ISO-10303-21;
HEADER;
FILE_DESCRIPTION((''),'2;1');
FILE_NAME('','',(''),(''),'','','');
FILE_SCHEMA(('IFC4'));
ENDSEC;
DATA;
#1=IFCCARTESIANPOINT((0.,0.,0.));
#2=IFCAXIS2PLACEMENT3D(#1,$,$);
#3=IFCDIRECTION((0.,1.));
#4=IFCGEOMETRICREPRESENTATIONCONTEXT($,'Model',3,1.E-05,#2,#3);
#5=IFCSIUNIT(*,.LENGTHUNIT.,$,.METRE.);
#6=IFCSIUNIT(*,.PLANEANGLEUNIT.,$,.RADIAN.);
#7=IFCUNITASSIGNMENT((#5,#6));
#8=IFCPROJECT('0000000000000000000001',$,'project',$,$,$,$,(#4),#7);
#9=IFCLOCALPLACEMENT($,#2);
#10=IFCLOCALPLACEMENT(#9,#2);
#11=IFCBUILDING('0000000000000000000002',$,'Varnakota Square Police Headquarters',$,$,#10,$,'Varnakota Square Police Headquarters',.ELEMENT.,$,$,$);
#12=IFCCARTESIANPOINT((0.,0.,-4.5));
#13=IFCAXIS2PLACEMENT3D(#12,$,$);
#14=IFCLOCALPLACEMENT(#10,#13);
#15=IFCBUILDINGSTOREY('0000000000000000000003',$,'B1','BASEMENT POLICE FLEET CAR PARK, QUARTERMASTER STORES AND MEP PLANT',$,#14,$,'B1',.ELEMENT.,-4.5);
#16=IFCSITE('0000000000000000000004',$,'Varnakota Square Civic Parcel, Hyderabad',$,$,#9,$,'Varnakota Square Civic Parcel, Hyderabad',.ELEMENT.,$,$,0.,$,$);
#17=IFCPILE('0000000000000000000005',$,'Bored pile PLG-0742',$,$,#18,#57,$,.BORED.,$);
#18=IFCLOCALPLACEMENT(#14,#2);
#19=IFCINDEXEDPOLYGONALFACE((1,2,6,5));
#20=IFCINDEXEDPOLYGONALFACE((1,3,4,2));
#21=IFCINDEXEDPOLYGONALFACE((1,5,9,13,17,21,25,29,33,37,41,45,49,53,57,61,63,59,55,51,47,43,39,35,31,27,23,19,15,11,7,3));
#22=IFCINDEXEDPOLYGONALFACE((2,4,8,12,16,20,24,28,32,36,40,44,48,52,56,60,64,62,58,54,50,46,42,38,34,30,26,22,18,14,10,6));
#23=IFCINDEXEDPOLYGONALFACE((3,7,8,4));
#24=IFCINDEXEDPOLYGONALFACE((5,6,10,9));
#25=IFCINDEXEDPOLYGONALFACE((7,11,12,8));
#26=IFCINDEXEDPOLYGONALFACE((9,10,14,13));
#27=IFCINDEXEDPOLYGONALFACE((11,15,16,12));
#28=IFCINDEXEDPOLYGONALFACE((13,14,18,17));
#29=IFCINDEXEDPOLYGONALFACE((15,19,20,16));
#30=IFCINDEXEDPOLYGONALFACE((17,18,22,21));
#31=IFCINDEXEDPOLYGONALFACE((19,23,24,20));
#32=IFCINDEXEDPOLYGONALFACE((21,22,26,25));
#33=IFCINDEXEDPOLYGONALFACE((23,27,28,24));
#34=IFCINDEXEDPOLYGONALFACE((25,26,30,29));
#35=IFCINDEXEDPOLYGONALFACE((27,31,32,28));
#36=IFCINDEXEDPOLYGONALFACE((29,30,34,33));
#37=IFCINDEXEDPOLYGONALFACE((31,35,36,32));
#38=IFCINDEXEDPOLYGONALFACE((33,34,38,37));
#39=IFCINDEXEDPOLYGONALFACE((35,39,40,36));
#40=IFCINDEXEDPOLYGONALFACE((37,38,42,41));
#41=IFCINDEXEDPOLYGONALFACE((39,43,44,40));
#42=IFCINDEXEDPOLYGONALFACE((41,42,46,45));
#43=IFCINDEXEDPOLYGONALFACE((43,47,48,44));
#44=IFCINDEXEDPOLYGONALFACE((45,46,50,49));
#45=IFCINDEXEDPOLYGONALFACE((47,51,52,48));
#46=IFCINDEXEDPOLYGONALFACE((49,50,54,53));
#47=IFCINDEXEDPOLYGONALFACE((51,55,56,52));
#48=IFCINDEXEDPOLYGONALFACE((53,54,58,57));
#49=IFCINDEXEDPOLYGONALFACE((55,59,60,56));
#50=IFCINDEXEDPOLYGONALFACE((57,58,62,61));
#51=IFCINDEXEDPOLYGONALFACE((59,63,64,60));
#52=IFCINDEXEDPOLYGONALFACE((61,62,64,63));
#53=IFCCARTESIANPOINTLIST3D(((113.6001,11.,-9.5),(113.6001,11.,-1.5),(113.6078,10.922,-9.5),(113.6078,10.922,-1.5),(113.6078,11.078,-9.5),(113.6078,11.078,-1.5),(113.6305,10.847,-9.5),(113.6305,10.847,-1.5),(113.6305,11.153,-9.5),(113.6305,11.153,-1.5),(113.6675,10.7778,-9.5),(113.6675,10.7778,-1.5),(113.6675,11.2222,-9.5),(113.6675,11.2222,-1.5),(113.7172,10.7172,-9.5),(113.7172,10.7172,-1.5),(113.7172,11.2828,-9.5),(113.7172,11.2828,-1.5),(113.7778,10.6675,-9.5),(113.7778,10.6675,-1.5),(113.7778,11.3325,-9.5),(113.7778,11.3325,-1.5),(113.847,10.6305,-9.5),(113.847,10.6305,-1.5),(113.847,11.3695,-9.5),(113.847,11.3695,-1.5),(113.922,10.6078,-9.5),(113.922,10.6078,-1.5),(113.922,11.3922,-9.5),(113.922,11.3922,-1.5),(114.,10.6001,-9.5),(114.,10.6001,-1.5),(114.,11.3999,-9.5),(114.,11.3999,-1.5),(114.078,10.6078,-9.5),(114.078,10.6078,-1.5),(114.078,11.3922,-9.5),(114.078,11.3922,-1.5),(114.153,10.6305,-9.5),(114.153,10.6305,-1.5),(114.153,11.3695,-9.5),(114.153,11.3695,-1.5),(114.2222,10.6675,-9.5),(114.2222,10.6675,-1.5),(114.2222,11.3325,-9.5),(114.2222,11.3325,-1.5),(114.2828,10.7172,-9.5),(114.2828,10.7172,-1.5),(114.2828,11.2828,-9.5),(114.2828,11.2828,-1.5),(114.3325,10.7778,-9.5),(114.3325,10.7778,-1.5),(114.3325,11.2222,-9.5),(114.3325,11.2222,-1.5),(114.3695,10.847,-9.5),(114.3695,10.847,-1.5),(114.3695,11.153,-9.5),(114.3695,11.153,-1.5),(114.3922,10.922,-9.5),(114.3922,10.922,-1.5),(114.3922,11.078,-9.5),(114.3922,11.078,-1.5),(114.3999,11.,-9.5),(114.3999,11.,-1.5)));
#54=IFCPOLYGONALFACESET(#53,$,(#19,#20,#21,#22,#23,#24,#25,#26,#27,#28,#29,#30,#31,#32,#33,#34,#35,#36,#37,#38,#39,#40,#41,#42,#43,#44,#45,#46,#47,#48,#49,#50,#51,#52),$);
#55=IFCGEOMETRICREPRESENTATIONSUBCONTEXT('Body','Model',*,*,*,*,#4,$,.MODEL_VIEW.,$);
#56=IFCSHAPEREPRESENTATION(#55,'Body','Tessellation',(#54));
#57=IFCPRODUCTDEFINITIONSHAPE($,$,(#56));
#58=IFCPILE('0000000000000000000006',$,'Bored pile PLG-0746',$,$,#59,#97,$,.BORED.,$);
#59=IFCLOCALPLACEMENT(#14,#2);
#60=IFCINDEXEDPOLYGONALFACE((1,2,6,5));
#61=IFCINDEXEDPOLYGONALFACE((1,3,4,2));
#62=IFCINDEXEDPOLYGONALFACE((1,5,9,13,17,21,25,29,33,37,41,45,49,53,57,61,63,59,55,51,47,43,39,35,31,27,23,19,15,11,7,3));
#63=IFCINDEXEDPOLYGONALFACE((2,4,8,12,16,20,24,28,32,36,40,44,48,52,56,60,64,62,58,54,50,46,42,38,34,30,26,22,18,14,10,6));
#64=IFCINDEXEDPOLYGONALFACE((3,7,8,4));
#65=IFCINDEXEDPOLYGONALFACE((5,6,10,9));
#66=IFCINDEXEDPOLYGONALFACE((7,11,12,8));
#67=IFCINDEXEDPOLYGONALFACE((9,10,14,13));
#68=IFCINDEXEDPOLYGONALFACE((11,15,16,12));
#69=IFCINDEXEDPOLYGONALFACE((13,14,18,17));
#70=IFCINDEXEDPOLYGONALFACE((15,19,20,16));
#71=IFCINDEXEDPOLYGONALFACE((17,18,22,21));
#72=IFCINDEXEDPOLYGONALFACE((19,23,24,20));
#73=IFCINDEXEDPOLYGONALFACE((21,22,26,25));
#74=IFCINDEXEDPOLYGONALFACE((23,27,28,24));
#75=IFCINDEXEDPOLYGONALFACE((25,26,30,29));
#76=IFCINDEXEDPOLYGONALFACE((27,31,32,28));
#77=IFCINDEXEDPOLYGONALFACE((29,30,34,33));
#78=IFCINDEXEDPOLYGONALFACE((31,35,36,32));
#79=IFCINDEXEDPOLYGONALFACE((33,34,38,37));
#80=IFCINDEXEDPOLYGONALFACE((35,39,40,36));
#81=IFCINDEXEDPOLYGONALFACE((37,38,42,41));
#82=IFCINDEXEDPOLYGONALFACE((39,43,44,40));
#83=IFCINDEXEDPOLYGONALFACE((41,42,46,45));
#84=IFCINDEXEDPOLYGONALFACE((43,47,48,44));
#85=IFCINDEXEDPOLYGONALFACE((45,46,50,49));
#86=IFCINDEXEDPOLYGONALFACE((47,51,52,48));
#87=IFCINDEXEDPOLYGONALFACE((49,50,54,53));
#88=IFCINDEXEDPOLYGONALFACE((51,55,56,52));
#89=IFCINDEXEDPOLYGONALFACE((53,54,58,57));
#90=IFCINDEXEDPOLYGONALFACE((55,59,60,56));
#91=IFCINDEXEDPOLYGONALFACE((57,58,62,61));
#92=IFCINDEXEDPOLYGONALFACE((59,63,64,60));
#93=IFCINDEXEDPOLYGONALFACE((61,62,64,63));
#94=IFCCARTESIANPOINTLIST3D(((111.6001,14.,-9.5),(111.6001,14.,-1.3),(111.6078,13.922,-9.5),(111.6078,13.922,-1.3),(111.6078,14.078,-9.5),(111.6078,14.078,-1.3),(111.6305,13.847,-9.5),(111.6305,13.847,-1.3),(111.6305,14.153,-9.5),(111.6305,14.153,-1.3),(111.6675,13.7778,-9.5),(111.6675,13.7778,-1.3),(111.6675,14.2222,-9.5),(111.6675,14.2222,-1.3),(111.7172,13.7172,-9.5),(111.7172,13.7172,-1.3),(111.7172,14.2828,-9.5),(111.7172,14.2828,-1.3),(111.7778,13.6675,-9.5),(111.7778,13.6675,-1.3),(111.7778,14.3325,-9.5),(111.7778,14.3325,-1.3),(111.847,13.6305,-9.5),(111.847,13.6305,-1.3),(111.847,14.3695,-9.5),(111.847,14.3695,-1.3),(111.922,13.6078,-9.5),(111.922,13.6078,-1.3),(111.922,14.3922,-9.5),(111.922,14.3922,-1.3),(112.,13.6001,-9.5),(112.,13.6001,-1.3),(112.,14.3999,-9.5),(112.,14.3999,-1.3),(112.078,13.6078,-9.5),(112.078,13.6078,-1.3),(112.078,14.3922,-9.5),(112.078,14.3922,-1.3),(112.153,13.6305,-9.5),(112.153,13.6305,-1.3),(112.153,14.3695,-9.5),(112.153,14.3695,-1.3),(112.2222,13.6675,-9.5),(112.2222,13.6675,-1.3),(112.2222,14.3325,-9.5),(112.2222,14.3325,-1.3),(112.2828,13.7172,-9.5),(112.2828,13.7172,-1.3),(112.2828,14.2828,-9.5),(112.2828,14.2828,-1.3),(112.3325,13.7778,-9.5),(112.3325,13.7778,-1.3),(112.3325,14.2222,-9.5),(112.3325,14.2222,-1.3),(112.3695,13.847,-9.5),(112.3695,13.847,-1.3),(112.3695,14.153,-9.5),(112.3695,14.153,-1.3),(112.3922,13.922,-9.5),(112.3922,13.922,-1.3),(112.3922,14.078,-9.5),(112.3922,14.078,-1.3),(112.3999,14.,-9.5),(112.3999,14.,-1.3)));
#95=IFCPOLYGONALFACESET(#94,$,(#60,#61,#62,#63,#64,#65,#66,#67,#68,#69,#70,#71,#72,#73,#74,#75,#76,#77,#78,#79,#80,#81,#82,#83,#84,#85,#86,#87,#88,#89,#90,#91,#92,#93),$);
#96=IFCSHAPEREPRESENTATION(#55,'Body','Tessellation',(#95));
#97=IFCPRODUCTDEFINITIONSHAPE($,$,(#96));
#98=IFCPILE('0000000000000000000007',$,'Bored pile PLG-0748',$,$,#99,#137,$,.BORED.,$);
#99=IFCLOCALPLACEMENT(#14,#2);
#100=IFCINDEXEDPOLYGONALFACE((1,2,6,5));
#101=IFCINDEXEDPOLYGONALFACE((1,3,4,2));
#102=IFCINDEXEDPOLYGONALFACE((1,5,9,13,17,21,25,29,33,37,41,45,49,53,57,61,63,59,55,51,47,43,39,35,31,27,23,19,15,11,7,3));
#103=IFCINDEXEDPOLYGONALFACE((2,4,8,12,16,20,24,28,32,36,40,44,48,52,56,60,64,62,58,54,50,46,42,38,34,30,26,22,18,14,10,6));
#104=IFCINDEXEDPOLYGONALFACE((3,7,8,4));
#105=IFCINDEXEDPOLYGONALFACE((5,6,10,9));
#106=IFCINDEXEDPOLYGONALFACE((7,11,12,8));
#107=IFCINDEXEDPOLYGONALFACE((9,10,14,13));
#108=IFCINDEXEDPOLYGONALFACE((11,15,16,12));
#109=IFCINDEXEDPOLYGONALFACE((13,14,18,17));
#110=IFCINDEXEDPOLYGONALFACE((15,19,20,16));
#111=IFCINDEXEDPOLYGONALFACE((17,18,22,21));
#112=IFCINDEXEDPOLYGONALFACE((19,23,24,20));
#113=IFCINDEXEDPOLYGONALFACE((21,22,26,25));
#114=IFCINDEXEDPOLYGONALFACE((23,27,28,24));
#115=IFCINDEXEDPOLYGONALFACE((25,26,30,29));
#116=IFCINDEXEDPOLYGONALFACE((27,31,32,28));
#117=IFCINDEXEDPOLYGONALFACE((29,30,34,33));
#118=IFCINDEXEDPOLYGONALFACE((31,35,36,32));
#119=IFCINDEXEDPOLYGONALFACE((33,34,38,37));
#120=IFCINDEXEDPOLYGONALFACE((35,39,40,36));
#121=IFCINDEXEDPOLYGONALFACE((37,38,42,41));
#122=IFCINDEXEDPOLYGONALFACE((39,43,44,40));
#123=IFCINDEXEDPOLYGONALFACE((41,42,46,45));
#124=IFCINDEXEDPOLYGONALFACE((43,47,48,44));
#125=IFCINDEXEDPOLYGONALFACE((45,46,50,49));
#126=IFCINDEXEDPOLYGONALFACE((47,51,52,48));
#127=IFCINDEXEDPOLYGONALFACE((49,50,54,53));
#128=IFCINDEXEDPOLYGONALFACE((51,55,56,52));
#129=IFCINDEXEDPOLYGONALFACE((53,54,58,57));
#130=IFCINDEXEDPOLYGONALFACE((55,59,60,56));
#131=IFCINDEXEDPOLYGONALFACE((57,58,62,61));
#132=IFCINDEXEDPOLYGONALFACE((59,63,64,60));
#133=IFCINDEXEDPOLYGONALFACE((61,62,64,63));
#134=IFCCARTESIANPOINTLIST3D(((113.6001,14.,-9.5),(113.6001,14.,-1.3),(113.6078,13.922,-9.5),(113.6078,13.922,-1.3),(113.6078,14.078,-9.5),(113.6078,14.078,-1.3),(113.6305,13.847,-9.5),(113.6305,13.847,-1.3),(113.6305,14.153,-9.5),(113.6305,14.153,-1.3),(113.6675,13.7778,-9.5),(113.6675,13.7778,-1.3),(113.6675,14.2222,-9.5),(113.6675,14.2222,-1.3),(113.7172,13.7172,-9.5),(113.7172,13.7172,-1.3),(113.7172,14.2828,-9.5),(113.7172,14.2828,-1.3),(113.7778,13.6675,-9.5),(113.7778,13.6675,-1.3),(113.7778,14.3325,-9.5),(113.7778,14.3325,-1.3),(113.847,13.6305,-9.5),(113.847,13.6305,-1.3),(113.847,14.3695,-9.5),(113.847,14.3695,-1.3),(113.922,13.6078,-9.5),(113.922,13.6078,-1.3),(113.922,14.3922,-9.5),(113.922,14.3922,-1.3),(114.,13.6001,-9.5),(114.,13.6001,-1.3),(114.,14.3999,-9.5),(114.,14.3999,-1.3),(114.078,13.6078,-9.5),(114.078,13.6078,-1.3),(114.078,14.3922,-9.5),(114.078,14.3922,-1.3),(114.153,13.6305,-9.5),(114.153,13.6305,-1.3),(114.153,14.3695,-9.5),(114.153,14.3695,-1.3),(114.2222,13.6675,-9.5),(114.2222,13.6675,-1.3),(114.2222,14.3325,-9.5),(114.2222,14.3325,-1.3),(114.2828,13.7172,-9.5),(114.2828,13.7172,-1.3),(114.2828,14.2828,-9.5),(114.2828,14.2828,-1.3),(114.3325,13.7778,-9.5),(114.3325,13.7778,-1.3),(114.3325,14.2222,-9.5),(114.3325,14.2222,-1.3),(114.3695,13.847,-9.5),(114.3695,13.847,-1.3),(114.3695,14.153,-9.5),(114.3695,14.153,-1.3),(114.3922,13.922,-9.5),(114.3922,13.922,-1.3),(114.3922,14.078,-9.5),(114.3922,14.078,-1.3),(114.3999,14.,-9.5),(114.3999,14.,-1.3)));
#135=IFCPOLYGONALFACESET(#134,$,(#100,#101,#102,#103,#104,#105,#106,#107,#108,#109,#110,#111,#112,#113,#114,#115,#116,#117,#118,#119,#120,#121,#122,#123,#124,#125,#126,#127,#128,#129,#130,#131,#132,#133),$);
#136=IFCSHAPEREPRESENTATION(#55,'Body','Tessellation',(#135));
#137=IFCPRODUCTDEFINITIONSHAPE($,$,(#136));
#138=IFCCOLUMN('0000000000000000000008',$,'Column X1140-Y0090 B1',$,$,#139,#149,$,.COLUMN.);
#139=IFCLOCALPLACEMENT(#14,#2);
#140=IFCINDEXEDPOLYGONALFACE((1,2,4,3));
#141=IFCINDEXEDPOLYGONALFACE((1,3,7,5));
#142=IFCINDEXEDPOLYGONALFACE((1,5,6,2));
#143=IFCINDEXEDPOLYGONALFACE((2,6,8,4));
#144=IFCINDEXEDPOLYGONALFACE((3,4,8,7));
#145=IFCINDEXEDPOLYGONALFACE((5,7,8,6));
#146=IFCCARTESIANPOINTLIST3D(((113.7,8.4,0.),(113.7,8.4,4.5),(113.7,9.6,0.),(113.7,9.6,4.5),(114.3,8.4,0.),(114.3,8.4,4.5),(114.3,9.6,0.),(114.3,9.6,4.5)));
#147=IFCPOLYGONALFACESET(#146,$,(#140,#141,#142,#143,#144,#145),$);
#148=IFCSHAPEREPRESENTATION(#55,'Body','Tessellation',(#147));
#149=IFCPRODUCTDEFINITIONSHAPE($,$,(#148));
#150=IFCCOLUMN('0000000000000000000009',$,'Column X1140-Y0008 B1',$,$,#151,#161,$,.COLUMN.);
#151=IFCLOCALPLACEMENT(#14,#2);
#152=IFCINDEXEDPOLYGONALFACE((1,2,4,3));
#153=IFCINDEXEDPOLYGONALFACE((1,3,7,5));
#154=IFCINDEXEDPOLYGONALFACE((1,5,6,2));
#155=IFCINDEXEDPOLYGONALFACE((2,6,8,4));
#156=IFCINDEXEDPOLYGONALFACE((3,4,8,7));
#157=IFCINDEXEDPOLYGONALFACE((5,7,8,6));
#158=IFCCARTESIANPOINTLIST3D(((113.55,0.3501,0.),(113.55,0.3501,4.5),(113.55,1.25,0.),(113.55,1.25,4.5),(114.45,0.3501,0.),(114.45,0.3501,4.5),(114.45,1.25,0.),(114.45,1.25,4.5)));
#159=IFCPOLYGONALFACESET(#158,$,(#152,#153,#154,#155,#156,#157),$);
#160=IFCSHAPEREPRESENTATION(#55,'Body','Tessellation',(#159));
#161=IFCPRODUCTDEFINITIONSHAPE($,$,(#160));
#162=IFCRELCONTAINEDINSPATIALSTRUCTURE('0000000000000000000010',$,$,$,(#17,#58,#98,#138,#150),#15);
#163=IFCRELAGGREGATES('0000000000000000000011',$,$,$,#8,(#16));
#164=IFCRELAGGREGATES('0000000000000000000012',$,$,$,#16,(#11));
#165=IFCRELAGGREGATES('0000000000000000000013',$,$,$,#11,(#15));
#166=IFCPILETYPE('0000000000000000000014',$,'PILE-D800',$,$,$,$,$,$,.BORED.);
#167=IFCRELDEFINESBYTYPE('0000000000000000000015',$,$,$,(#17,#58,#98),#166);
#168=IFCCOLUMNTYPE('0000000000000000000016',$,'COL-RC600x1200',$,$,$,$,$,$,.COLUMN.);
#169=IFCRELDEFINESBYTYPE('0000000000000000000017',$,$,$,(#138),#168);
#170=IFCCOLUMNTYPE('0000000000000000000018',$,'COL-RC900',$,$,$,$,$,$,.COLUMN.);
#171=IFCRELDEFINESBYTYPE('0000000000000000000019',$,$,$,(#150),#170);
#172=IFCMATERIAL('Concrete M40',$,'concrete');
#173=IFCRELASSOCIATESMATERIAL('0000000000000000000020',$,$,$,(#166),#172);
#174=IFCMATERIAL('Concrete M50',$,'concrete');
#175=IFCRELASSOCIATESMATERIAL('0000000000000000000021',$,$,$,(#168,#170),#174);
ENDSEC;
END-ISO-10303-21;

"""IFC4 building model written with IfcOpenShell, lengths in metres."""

from ifc_helpers import new_model, si_unit, direction, frame, origin, origin_2d, place, context, subcontext, project, spatial, rectangle, circle, extrude, material, material_profile, profile_set, type_object, element, save


model = new_model("IFC4")

# Units and contexts
model_context = context("Model", 3, precision=1e-05, world=origin(), true_north=direction((0.0, 1.0)))
body_context = subcontext(model_context, "Body", "Model", "MODEL_VIEW")
ifc_project = project(units=[si_unit("LENGTHUNIT", "METRE"), si_unit("PLANEANGLEUNIT", "RADIAN")], contexts=[model_context])

# Site, building, storey
site_placement = place(None, origin())
site = spatial("IfcSite", under=ifc_project, at=site_placement, Name="Varnakota Square Civic Parcel, Hyderabad", LongName="Varnakota Square Civic Parcel, Hyderabad", CompositionType="ELEMENT", RefElevation=0.0)
building_placement = place(site_placement, origin())
building = spatial("IfcBuilding", under=site, at=building_placement, Name="Varnakota Square Police Headquarters", LongName="Varnakota Square Police Headquarters", CompositionType="ELEMENT")
storey_placement = place(building_placement, frame((0.0, 0.0, -4.5)))
storey = spatial("IfcBuildingStorey", under=building, at=storey_placement, Name="B1", Description="BASEMENT POLICE FLEET CAR PARK, QUARTERMASTER STORES AND MEP PLANT", LongName="B1", CompositionType="ELEMENT", Elevation=-4.5)

# Shared definitions
ifc_material_1 = material(Name="Concrete M40", Category="concrete")
ifc_material_2 = material(Name="Concrete M50", Category="concrete")

# Piles
ifc_material_profile_1 = material_profile(ifc_material_1, circle(Radius=0.3999, at=origin_2d()), Name="BORED PILE 800")
ifc_profile_set_1 = profile_set([ifc_material_profile_1], Name="Concrete M40")
pile_type = type_object("IfcPileType", Name="PILE-D800", PredefinedType="BORED", material=ifc_profile_set_1)
for number, where, z_axis, x_axis, name in (
    (1, (114.0, 11.0, -1.5), (0.0, 0.0, -1.0), (1.0, 0.0, 0.0), "Bored pile PLG-0742"),
):
    element("IfcPile", number, at=place(storey_placement, frame(where, z_axis=z_axis, x_axis=x_axis)), inside=storey, type_object=pile_type, Name=name, PredefinedType="BORED", context=body_context, shape_type="SweptSolid", body=[
        extrude(circle(Radius=0.3999, at=origin_2d()), origin(), (0.0, 0.0, 1.0), 8.0),
    ])
for number, where, z_axis, x_axis, name in (
    (2, (112.0, 14.0, -1.3), (0.0, 0.0, -1.0), (1.0, 0.0, 0.0), "Bored pile PLG-0746"),
    (3, (114.0, 14.0, -1.3), (0.0, 0.0, -1.0), (1.0, 0.0, 0.0), "Bored pile PLG-0748"),
):
    element("IfcPile", number, at=place(storey_placement, frame(where, z_axis=z_axis, x_axis=x_axis)), inside=storey, type_object=pile_type, Name=name, PredefinedType="BORED", context=body_context, shape_type="SweptSolid", body=[
        extrude(circle(Radius=0.3999, at=origin_2d()), origin(), (0.0, 0.0, 1.0), 8.2),
    ])

# Columns
ifc_material_profile_2 = material_profile(ifc_material_2, rectangle(XDim=0.6001, YDim=1.2, at=origin_2d()), Name="RC 600x1200")
ifc_profile_set_2 = profile_set([ifc_material_profile_2], Name="Concrete M50")
column_type_1 = type_object("IfcColumnType", Name="COL-RC600x1200", PredefinedType="COLUMN", material=ifc_profile_set_2)
column_1_placement = place(storey_placement, frame((114.0, 9.0, 0.0), z_axis=(0.0, 0.0, 1.0), x_axis=(1.0, 0.0, 0.0)))
element("IfcColumn", 4, at=column_1_placement, inside=storey, type_object=column_type_1, Name="Column X1140-Y0090 B1", PredefinedType="COLUMN", context=body_context, shape_type="SweptSolid", body=[
    extrude(rectangle(XDim=0.6001, YDim=1.2, at=origin_2d()), origin(), (0.0, 0.0, 1.0), 4.5),
])
ifc_material_profile_3 = material_profile(ifc_material_2, rectangle(XDim=0.8999, YDim=0.8999, at=origin_2d()), Name="RC 900x900")
ifc_profile_set_3 = profile_set([ifc_material_profile_3], Name="Concrete M50")
column_type_2 = type_object("IfcColumnType", Name="COL-RC900", PredefinedType="COLUMN", material=ifc_profile_set_3)
column_2_placement = place(storey_placement, frame((114.0, 0.8, 0.0), z_axis=(0.0, 0.0, 1.0), x_axis=(1.0, 0.0, 0.0)))
element("IfcColumn", 5, at=column_2_placement, inside=storey, type_object=column_type_2, Name="Column X1140-Y0008 B1", PredefinedType="COLUMN", context=body_context, shape_type="SweptSolid", body=[
    extrude(rectangle(XDim=0.8999, YDim=0.8999, at=origin_2d()), origin(), (0.0, 0.0, 1.0), 4.5),
])

save(model, "model.ifc")
